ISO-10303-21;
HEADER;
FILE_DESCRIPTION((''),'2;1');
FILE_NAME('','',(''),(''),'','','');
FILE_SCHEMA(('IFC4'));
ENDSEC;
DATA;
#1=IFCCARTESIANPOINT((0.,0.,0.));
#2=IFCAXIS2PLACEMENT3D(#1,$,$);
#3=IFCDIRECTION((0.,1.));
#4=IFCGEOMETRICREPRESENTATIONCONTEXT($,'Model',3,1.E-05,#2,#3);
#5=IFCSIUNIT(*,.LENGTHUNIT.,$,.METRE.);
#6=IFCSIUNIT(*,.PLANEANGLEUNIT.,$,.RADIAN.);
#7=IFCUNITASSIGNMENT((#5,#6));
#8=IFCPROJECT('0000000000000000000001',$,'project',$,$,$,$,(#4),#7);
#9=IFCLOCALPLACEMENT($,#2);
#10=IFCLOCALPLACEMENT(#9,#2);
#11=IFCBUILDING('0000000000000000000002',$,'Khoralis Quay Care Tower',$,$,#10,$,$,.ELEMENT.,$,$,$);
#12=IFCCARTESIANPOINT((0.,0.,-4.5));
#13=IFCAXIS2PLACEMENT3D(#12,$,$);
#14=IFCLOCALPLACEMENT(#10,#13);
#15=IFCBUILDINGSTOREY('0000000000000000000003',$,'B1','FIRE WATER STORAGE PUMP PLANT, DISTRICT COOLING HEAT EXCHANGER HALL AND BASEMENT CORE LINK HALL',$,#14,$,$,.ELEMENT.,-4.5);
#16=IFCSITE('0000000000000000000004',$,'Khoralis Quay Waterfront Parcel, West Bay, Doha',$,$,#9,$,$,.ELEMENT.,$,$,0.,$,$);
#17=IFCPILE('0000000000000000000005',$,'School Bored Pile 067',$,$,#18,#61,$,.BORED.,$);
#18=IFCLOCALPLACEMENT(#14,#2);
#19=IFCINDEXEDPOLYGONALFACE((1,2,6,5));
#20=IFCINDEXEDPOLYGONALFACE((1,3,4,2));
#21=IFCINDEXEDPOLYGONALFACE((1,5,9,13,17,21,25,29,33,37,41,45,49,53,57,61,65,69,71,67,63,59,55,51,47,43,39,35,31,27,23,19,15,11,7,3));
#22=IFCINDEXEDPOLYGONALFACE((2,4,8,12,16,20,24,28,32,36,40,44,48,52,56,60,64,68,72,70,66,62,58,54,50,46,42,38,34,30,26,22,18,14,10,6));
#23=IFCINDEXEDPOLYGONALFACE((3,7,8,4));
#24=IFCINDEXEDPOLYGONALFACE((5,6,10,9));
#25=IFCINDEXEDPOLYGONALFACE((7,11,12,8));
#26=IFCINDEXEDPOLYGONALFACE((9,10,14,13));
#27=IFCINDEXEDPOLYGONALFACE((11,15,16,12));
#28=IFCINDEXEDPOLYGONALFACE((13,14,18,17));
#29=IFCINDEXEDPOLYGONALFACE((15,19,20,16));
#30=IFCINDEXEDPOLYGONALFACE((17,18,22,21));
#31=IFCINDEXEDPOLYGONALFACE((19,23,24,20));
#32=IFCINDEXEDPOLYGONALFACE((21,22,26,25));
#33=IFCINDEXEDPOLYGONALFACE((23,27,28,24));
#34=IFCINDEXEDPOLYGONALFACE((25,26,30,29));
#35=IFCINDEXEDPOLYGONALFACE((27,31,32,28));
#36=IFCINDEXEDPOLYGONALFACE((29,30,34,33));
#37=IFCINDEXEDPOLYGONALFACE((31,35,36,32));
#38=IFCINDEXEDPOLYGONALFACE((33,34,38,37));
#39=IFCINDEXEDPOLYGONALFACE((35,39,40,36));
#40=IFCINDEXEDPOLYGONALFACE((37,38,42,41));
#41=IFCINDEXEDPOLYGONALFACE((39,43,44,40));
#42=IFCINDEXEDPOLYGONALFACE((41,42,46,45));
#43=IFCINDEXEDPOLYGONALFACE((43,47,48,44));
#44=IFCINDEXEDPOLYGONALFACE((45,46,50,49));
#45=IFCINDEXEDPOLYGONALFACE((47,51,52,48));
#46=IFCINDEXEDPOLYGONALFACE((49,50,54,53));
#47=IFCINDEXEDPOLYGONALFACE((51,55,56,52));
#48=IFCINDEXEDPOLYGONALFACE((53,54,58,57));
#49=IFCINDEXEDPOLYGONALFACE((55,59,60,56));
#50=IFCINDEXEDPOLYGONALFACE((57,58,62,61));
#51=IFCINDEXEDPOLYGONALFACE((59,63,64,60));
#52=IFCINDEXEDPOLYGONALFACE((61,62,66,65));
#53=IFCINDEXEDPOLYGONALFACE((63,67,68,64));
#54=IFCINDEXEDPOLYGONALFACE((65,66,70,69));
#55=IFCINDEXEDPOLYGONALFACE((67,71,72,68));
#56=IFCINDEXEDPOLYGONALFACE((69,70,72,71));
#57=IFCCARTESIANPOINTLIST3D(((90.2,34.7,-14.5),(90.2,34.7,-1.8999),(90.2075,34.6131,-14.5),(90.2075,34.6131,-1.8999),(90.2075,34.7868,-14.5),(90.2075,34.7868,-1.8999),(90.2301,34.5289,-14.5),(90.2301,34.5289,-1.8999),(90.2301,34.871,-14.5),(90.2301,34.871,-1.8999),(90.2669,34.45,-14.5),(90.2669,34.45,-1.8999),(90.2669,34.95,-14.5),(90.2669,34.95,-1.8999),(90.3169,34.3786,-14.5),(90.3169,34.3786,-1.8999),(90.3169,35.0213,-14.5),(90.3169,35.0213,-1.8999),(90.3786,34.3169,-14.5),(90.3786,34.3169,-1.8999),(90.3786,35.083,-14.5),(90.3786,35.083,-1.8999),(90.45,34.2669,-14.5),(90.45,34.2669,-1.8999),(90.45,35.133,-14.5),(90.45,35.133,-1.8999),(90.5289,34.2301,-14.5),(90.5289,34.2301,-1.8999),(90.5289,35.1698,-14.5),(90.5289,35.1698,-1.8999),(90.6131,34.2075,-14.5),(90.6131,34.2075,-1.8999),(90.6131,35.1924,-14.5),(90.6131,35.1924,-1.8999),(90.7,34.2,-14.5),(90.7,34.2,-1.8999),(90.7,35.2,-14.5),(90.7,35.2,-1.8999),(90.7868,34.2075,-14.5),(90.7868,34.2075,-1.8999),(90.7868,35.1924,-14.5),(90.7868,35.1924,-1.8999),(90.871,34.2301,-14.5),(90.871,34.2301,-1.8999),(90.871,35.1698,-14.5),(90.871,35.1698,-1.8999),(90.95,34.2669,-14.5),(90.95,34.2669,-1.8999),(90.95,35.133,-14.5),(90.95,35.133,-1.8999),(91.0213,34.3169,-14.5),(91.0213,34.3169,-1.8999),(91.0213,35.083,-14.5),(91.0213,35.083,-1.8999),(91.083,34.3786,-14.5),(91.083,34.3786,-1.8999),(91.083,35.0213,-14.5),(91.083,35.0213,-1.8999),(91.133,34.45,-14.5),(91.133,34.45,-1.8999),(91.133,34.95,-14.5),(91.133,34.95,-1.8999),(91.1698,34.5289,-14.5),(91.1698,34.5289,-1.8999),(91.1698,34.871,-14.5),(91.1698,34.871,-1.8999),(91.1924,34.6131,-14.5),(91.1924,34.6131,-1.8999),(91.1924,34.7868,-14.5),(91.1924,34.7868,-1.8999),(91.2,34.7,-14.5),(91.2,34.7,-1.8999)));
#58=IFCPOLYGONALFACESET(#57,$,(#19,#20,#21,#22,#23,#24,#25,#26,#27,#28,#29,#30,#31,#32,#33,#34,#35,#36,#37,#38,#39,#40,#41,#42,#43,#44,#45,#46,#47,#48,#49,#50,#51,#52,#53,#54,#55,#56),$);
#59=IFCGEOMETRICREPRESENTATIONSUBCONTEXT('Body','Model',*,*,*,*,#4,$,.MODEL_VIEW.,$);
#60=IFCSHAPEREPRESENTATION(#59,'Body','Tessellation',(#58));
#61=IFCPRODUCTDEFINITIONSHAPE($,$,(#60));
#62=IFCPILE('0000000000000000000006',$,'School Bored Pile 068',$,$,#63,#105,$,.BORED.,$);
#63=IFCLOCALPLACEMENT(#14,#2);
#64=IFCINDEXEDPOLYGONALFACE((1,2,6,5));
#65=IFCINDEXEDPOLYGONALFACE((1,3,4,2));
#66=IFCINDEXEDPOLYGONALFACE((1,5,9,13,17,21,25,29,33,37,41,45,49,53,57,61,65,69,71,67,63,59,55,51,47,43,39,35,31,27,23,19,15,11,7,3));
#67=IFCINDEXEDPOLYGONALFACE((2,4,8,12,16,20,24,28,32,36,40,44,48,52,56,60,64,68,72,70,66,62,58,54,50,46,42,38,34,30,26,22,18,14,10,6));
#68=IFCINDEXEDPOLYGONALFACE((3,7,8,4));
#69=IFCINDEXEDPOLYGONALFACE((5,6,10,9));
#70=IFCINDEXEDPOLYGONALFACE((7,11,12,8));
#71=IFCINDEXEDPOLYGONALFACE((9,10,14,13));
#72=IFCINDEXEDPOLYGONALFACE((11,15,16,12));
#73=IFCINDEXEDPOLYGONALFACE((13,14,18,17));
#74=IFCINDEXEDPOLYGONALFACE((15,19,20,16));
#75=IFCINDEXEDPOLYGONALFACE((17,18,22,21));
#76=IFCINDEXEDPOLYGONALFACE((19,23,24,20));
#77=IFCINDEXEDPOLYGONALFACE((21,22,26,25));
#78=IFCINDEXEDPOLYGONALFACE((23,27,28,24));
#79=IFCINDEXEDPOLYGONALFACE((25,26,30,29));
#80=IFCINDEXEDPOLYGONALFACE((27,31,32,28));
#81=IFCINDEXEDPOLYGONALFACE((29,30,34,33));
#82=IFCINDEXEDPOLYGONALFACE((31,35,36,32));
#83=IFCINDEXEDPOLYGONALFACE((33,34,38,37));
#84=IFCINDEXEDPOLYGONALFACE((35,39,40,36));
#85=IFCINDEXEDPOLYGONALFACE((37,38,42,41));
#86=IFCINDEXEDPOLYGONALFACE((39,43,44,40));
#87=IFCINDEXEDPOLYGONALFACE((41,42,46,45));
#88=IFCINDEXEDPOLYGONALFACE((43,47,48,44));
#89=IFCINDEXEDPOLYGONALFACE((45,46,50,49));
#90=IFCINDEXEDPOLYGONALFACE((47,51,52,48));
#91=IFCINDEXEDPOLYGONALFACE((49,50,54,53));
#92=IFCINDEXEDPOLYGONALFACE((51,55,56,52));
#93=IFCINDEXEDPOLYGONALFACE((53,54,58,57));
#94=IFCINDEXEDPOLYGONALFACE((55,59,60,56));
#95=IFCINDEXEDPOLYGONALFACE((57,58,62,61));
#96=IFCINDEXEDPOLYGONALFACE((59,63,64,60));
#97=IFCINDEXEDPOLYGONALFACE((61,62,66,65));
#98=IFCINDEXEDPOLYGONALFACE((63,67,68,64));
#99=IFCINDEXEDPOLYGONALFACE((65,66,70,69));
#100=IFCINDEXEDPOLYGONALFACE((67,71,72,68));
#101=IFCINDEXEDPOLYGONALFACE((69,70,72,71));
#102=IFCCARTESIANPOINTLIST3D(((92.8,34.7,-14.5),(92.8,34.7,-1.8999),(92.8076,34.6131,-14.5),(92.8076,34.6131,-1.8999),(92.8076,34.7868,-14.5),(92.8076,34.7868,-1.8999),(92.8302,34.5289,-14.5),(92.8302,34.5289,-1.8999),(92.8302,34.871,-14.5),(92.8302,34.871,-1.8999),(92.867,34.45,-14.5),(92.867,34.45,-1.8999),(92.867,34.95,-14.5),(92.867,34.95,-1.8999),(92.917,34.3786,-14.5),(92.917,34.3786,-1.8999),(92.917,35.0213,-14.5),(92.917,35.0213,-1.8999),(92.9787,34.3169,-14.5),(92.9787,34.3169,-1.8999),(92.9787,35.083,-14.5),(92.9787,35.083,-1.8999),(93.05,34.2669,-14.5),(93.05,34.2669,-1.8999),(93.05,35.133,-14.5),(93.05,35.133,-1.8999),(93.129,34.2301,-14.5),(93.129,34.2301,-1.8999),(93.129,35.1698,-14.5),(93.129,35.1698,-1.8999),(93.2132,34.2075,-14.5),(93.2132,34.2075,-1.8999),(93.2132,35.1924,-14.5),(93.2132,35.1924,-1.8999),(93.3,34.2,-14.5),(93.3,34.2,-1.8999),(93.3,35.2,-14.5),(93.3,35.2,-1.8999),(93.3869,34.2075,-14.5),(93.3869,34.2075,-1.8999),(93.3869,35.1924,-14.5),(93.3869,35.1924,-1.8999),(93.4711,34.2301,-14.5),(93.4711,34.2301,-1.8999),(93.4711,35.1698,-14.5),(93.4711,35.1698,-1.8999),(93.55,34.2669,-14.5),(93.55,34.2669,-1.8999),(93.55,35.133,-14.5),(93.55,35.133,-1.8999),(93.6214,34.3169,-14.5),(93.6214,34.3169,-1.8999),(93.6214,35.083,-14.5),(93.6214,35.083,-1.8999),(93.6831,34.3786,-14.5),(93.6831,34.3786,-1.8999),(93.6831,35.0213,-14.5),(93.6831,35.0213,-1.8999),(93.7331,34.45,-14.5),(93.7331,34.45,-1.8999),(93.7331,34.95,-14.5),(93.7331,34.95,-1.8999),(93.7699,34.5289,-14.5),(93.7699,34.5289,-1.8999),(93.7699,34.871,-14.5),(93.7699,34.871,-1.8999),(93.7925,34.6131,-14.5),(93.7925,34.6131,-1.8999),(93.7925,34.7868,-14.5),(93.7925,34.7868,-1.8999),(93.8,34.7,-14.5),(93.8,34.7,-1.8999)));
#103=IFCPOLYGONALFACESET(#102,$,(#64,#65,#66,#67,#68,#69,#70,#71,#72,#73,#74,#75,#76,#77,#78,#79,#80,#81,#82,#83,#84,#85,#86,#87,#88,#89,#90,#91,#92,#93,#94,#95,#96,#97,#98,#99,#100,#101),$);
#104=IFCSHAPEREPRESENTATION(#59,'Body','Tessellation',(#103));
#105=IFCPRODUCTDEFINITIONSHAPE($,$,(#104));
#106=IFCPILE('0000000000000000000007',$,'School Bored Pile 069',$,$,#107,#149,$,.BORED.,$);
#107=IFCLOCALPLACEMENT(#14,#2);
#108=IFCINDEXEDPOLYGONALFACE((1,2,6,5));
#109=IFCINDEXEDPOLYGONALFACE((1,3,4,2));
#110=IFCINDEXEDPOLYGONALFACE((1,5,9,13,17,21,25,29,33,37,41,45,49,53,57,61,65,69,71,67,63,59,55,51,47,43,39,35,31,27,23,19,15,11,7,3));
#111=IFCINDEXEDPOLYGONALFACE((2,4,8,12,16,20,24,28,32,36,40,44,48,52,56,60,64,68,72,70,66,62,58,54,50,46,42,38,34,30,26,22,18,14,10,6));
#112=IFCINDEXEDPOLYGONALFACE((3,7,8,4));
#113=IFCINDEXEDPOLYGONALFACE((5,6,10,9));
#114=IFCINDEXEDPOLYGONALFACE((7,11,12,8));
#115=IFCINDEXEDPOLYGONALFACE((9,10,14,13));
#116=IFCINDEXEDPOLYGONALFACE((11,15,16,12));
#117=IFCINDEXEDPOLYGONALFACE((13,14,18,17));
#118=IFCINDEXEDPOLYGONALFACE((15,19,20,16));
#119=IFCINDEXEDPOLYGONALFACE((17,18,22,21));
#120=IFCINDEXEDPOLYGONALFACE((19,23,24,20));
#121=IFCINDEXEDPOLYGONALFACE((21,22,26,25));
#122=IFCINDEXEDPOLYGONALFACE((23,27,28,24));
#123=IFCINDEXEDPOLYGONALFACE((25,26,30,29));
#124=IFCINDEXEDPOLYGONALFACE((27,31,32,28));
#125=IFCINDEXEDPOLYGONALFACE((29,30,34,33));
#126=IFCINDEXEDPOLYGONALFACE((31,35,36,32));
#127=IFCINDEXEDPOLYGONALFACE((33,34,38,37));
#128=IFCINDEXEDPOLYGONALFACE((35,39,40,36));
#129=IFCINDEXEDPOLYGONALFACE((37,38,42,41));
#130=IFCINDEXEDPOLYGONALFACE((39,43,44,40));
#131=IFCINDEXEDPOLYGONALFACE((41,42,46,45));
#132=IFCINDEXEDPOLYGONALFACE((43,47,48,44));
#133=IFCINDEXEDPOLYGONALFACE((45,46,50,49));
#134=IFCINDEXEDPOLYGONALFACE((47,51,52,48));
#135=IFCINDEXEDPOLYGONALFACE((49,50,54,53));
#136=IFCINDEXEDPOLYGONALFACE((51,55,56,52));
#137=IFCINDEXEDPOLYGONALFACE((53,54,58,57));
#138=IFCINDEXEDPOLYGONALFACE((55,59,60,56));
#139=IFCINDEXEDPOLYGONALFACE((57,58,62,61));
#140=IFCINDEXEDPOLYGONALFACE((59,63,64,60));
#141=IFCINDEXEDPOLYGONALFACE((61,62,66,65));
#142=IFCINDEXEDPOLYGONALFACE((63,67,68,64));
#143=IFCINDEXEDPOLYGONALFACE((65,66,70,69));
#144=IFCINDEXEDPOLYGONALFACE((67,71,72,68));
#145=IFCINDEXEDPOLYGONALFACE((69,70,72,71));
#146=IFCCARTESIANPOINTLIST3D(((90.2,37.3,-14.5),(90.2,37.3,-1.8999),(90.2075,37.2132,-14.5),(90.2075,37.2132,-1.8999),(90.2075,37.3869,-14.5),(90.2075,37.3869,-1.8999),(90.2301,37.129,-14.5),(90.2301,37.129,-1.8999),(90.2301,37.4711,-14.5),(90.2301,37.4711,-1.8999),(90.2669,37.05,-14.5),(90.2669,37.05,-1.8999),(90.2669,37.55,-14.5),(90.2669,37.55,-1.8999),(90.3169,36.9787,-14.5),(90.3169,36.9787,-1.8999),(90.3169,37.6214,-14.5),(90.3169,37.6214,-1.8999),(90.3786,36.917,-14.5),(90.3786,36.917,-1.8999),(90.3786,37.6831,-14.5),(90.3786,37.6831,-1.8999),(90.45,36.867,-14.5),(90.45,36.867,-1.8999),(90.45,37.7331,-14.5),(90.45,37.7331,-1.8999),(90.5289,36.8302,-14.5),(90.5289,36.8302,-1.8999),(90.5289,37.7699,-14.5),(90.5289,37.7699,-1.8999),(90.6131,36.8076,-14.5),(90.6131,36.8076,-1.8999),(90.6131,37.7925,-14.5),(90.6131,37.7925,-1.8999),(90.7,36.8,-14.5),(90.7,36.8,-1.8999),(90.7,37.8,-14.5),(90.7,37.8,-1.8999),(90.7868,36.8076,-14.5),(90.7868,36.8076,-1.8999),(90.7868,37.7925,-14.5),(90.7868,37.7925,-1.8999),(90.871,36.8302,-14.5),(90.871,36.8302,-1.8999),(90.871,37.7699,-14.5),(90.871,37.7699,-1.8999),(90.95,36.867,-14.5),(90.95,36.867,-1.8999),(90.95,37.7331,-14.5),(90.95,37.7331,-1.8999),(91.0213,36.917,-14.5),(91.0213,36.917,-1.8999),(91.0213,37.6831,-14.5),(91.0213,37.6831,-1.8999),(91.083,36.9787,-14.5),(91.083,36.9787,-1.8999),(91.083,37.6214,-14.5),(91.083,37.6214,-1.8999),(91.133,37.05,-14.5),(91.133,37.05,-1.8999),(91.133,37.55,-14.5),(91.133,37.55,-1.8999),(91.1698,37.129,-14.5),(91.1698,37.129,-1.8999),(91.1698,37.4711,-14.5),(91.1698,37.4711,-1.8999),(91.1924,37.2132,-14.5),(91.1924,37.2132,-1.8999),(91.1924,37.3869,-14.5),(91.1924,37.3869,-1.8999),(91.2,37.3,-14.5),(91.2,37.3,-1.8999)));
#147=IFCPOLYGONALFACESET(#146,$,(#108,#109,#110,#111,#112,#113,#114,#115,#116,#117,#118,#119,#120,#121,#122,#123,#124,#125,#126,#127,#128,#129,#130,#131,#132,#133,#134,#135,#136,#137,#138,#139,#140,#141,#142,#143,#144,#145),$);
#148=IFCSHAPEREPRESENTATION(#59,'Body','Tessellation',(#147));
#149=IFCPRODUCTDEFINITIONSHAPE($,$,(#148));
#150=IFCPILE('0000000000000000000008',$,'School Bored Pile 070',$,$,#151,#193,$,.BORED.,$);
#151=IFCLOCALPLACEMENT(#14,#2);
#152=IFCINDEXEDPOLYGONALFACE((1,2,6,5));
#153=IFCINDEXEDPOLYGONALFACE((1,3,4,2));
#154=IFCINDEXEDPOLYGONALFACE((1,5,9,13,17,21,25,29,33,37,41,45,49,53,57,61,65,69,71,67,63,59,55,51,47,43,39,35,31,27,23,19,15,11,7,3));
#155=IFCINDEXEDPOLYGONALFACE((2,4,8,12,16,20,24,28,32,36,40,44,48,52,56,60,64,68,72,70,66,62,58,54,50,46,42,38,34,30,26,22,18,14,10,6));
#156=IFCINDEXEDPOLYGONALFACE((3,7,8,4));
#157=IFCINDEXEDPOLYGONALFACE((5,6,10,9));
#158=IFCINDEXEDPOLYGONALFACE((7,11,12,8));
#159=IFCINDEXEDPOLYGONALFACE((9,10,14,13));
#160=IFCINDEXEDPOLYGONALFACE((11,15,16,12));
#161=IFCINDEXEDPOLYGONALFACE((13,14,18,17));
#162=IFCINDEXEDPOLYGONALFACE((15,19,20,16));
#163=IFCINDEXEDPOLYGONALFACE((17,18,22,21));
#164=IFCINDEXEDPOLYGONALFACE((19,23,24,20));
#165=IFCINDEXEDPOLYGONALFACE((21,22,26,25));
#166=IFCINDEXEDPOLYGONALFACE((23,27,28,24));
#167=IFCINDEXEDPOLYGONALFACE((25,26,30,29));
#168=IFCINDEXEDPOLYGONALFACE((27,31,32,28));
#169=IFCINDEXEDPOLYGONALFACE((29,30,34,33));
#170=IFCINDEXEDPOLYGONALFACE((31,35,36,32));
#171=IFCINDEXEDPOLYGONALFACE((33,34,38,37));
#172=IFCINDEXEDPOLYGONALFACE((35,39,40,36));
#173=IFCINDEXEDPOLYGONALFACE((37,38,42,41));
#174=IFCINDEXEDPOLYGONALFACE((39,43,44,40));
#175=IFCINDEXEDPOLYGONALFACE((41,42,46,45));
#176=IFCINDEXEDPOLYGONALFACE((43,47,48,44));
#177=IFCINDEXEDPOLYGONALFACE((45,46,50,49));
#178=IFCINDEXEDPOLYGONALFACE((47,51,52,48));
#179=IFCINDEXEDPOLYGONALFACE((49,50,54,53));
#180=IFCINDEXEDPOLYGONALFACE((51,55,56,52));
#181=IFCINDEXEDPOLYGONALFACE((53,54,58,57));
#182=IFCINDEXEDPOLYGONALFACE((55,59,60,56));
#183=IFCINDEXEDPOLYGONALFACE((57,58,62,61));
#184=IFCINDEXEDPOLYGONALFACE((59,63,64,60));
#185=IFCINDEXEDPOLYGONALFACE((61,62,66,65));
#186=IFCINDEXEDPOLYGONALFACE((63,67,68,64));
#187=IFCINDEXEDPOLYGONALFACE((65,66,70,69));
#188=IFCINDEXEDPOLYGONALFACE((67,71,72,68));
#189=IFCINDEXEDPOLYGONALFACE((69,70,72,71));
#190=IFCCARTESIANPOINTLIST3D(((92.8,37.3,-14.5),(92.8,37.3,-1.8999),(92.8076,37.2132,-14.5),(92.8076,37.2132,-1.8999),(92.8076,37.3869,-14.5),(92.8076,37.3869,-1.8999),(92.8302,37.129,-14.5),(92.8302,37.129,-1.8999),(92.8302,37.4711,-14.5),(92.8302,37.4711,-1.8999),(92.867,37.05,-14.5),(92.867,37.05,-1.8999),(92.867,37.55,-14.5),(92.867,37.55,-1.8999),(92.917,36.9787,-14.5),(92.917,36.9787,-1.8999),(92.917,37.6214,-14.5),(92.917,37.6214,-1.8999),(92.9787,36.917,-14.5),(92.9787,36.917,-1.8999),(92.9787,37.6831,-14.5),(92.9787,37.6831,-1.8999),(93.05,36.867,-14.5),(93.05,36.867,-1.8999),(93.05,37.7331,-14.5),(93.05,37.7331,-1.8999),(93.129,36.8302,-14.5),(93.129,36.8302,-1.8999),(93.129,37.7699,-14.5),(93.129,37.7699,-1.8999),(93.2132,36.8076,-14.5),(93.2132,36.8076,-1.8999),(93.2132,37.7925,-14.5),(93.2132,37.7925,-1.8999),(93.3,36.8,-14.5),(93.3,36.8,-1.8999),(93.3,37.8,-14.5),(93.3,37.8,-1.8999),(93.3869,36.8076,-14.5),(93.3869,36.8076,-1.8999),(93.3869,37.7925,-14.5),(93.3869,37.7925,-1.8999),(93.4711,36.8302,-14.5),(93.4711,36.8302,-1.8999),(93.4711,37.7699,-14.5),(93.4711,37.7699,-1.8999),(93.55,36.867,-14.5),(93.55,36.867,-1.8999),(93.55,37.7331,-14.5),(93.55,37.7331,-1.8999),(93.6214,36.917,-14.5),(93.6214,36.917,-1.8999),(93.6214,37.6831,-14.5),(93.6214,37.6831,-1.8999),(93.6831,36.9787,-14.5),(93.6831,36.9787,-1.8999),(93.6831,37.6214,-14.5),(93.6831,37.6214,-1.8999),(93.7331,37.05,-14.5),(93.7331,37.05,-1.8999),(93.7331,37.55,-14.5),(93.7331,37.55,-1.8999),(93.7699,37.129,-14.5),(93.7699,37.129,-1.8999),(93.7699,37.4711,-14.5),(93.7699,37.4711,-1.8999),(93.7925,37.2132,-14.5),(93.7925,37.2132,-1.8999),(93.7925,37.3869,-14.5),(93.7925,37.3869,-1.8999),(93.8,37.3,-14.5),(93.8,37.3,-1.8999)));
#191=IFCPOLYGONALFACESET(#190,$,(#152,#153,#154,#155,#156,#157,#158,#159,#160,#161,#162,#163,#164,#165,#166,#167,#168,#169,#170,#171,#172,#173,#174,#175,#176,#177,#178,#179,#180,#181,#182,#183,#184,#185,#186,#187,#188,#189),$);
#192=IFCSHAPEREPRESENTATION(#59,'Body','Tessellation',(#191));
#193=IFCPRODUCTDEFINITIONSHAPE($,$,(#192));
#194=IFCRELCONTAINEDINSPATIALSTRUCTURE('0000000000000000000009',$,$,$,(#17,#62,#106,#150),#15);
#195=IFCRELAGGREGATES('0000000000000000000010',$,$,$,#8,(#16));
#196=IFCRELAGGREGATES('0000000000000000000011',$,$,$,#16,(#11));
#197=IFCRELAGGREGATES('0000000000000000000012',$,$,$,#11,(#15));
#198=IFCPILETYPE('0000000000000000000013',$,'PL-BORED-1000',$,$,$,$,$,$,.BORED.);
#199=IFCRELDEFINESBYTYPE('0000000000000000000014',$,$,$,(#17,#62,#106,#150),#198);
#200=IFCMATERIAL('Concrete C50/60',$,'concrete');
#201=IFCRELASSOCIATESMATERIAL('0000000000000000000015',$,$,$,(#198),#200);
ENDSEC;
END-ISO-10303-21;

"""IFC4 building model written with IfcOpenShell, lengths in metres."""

from ifc_helpers import new_model, si_unit, direction, frame, origin, origin_2d, place, context, subcontext, project, spatial, circle, extrude, source, transform, mapped, material, material_profile, profile_set, type_object, element, save


model = new_model("IFC4")

# Units and contexts
model_context = context("Model", 3, precision=1e-05, world=origin(), true_north=direction((0.0, 1.0)))
body_context = subcontext(model_context, "Body", "Model", "MODEL_VIEW")
ifc_project = project(units=[si_unit("LENGTHUNIT", "METRE"), si_unit("PLANEANGLEUNIT", "RADIAN")], contexts=[model_context])

# Site, building, storey
site_placement = place(None, origin())
site = spatial("IfcSite", under=ifc_project, at=site_placement, Name="Khoralis Quay Waterfront Parcel, West Bay, Doha", CompositionType="ELEMENT", RefElevation=0.0)
building_placement = place(site_placement, origin())
building = spatial("IfcBuilding", under=site, at=building_placement, Name="Khoralis Quay Care Tower", CompositionType="ELEMENT")
storey_placement = place(building_placement, frame((0.0, 0.0, -4.5)))
storey = spatial("IfcBuildingStorey", under=building, at=storey_placement, Name="B1", Description="FIRE WATER STORAGE PUMP PLANT, DISTRICT COOLING HEAT EXCHANGER HALL AND BASEMENT CORE LINK HALL", CompositionType="ELEMENT", Elevation=-4.5)

# Shared definitions
ifc_material_1 = material(Name="Concrete C50/60", Category="concrete")

# Piles
ifc_material_profile_1 = material_profile(ifc_material_1, circle(Radius=0.5, at=origin_2d()), Name="Concrete C50/60")
ifc_profile_set_1 = profile_set([ifc_material_profile_1], Name="Concrete C50/60")
pile_type_1 = type_object("IfcPileType", Name="PL-BORED-1000", PredefinedType="BORED", material=ifc_profile_set_1)
shared_shape_1 = source(origin(), body_context, "Body", "SweptSolid", [
    extrude(circle(Radius=0.5, at=origin_2d()), origin(), (0.0, 0.0, 1.0), 12.6001),
])
for number, where, z_axis, x_axis, name in (
    (1, (90.7, 34.7, -1.8999), (0.0, 0.0, -1.0), (1.0, 0.0, 0.0), "School Bored Pile 067"),
    (2, (93.3, 34.7, -1.8999), (0.0, 0.0, -1.0), (1.0, 0.0, 0.0), "School Bored Pile 068"),
    (3, (90.7, 37.3, -1.8999), (0.0, 0.0, -1.0), (1.0, 0.0, 0.0), "School Bored Pile 069"),
    (4, (93.3, 37.3, -1.8999), (0.0, 0.0, -1.0), (1.0, 0.0, 0.0), "School Bored Pile 070"),
):
    element("IfcPile", number, at=place(storey_placement, frame(where, z_axis=z_axis, x_axis=x_axis)), inside=storey, type_object=pile_type_1, Name=name, PredefinedType="BORED", context=body_context, shape_type="MappedRepresentation", body=[
        mapped(shared_shape_1, transform((0.0, 0.0, 0.0), scale=1.0)),
    ])

save(model, "model.ifc")
